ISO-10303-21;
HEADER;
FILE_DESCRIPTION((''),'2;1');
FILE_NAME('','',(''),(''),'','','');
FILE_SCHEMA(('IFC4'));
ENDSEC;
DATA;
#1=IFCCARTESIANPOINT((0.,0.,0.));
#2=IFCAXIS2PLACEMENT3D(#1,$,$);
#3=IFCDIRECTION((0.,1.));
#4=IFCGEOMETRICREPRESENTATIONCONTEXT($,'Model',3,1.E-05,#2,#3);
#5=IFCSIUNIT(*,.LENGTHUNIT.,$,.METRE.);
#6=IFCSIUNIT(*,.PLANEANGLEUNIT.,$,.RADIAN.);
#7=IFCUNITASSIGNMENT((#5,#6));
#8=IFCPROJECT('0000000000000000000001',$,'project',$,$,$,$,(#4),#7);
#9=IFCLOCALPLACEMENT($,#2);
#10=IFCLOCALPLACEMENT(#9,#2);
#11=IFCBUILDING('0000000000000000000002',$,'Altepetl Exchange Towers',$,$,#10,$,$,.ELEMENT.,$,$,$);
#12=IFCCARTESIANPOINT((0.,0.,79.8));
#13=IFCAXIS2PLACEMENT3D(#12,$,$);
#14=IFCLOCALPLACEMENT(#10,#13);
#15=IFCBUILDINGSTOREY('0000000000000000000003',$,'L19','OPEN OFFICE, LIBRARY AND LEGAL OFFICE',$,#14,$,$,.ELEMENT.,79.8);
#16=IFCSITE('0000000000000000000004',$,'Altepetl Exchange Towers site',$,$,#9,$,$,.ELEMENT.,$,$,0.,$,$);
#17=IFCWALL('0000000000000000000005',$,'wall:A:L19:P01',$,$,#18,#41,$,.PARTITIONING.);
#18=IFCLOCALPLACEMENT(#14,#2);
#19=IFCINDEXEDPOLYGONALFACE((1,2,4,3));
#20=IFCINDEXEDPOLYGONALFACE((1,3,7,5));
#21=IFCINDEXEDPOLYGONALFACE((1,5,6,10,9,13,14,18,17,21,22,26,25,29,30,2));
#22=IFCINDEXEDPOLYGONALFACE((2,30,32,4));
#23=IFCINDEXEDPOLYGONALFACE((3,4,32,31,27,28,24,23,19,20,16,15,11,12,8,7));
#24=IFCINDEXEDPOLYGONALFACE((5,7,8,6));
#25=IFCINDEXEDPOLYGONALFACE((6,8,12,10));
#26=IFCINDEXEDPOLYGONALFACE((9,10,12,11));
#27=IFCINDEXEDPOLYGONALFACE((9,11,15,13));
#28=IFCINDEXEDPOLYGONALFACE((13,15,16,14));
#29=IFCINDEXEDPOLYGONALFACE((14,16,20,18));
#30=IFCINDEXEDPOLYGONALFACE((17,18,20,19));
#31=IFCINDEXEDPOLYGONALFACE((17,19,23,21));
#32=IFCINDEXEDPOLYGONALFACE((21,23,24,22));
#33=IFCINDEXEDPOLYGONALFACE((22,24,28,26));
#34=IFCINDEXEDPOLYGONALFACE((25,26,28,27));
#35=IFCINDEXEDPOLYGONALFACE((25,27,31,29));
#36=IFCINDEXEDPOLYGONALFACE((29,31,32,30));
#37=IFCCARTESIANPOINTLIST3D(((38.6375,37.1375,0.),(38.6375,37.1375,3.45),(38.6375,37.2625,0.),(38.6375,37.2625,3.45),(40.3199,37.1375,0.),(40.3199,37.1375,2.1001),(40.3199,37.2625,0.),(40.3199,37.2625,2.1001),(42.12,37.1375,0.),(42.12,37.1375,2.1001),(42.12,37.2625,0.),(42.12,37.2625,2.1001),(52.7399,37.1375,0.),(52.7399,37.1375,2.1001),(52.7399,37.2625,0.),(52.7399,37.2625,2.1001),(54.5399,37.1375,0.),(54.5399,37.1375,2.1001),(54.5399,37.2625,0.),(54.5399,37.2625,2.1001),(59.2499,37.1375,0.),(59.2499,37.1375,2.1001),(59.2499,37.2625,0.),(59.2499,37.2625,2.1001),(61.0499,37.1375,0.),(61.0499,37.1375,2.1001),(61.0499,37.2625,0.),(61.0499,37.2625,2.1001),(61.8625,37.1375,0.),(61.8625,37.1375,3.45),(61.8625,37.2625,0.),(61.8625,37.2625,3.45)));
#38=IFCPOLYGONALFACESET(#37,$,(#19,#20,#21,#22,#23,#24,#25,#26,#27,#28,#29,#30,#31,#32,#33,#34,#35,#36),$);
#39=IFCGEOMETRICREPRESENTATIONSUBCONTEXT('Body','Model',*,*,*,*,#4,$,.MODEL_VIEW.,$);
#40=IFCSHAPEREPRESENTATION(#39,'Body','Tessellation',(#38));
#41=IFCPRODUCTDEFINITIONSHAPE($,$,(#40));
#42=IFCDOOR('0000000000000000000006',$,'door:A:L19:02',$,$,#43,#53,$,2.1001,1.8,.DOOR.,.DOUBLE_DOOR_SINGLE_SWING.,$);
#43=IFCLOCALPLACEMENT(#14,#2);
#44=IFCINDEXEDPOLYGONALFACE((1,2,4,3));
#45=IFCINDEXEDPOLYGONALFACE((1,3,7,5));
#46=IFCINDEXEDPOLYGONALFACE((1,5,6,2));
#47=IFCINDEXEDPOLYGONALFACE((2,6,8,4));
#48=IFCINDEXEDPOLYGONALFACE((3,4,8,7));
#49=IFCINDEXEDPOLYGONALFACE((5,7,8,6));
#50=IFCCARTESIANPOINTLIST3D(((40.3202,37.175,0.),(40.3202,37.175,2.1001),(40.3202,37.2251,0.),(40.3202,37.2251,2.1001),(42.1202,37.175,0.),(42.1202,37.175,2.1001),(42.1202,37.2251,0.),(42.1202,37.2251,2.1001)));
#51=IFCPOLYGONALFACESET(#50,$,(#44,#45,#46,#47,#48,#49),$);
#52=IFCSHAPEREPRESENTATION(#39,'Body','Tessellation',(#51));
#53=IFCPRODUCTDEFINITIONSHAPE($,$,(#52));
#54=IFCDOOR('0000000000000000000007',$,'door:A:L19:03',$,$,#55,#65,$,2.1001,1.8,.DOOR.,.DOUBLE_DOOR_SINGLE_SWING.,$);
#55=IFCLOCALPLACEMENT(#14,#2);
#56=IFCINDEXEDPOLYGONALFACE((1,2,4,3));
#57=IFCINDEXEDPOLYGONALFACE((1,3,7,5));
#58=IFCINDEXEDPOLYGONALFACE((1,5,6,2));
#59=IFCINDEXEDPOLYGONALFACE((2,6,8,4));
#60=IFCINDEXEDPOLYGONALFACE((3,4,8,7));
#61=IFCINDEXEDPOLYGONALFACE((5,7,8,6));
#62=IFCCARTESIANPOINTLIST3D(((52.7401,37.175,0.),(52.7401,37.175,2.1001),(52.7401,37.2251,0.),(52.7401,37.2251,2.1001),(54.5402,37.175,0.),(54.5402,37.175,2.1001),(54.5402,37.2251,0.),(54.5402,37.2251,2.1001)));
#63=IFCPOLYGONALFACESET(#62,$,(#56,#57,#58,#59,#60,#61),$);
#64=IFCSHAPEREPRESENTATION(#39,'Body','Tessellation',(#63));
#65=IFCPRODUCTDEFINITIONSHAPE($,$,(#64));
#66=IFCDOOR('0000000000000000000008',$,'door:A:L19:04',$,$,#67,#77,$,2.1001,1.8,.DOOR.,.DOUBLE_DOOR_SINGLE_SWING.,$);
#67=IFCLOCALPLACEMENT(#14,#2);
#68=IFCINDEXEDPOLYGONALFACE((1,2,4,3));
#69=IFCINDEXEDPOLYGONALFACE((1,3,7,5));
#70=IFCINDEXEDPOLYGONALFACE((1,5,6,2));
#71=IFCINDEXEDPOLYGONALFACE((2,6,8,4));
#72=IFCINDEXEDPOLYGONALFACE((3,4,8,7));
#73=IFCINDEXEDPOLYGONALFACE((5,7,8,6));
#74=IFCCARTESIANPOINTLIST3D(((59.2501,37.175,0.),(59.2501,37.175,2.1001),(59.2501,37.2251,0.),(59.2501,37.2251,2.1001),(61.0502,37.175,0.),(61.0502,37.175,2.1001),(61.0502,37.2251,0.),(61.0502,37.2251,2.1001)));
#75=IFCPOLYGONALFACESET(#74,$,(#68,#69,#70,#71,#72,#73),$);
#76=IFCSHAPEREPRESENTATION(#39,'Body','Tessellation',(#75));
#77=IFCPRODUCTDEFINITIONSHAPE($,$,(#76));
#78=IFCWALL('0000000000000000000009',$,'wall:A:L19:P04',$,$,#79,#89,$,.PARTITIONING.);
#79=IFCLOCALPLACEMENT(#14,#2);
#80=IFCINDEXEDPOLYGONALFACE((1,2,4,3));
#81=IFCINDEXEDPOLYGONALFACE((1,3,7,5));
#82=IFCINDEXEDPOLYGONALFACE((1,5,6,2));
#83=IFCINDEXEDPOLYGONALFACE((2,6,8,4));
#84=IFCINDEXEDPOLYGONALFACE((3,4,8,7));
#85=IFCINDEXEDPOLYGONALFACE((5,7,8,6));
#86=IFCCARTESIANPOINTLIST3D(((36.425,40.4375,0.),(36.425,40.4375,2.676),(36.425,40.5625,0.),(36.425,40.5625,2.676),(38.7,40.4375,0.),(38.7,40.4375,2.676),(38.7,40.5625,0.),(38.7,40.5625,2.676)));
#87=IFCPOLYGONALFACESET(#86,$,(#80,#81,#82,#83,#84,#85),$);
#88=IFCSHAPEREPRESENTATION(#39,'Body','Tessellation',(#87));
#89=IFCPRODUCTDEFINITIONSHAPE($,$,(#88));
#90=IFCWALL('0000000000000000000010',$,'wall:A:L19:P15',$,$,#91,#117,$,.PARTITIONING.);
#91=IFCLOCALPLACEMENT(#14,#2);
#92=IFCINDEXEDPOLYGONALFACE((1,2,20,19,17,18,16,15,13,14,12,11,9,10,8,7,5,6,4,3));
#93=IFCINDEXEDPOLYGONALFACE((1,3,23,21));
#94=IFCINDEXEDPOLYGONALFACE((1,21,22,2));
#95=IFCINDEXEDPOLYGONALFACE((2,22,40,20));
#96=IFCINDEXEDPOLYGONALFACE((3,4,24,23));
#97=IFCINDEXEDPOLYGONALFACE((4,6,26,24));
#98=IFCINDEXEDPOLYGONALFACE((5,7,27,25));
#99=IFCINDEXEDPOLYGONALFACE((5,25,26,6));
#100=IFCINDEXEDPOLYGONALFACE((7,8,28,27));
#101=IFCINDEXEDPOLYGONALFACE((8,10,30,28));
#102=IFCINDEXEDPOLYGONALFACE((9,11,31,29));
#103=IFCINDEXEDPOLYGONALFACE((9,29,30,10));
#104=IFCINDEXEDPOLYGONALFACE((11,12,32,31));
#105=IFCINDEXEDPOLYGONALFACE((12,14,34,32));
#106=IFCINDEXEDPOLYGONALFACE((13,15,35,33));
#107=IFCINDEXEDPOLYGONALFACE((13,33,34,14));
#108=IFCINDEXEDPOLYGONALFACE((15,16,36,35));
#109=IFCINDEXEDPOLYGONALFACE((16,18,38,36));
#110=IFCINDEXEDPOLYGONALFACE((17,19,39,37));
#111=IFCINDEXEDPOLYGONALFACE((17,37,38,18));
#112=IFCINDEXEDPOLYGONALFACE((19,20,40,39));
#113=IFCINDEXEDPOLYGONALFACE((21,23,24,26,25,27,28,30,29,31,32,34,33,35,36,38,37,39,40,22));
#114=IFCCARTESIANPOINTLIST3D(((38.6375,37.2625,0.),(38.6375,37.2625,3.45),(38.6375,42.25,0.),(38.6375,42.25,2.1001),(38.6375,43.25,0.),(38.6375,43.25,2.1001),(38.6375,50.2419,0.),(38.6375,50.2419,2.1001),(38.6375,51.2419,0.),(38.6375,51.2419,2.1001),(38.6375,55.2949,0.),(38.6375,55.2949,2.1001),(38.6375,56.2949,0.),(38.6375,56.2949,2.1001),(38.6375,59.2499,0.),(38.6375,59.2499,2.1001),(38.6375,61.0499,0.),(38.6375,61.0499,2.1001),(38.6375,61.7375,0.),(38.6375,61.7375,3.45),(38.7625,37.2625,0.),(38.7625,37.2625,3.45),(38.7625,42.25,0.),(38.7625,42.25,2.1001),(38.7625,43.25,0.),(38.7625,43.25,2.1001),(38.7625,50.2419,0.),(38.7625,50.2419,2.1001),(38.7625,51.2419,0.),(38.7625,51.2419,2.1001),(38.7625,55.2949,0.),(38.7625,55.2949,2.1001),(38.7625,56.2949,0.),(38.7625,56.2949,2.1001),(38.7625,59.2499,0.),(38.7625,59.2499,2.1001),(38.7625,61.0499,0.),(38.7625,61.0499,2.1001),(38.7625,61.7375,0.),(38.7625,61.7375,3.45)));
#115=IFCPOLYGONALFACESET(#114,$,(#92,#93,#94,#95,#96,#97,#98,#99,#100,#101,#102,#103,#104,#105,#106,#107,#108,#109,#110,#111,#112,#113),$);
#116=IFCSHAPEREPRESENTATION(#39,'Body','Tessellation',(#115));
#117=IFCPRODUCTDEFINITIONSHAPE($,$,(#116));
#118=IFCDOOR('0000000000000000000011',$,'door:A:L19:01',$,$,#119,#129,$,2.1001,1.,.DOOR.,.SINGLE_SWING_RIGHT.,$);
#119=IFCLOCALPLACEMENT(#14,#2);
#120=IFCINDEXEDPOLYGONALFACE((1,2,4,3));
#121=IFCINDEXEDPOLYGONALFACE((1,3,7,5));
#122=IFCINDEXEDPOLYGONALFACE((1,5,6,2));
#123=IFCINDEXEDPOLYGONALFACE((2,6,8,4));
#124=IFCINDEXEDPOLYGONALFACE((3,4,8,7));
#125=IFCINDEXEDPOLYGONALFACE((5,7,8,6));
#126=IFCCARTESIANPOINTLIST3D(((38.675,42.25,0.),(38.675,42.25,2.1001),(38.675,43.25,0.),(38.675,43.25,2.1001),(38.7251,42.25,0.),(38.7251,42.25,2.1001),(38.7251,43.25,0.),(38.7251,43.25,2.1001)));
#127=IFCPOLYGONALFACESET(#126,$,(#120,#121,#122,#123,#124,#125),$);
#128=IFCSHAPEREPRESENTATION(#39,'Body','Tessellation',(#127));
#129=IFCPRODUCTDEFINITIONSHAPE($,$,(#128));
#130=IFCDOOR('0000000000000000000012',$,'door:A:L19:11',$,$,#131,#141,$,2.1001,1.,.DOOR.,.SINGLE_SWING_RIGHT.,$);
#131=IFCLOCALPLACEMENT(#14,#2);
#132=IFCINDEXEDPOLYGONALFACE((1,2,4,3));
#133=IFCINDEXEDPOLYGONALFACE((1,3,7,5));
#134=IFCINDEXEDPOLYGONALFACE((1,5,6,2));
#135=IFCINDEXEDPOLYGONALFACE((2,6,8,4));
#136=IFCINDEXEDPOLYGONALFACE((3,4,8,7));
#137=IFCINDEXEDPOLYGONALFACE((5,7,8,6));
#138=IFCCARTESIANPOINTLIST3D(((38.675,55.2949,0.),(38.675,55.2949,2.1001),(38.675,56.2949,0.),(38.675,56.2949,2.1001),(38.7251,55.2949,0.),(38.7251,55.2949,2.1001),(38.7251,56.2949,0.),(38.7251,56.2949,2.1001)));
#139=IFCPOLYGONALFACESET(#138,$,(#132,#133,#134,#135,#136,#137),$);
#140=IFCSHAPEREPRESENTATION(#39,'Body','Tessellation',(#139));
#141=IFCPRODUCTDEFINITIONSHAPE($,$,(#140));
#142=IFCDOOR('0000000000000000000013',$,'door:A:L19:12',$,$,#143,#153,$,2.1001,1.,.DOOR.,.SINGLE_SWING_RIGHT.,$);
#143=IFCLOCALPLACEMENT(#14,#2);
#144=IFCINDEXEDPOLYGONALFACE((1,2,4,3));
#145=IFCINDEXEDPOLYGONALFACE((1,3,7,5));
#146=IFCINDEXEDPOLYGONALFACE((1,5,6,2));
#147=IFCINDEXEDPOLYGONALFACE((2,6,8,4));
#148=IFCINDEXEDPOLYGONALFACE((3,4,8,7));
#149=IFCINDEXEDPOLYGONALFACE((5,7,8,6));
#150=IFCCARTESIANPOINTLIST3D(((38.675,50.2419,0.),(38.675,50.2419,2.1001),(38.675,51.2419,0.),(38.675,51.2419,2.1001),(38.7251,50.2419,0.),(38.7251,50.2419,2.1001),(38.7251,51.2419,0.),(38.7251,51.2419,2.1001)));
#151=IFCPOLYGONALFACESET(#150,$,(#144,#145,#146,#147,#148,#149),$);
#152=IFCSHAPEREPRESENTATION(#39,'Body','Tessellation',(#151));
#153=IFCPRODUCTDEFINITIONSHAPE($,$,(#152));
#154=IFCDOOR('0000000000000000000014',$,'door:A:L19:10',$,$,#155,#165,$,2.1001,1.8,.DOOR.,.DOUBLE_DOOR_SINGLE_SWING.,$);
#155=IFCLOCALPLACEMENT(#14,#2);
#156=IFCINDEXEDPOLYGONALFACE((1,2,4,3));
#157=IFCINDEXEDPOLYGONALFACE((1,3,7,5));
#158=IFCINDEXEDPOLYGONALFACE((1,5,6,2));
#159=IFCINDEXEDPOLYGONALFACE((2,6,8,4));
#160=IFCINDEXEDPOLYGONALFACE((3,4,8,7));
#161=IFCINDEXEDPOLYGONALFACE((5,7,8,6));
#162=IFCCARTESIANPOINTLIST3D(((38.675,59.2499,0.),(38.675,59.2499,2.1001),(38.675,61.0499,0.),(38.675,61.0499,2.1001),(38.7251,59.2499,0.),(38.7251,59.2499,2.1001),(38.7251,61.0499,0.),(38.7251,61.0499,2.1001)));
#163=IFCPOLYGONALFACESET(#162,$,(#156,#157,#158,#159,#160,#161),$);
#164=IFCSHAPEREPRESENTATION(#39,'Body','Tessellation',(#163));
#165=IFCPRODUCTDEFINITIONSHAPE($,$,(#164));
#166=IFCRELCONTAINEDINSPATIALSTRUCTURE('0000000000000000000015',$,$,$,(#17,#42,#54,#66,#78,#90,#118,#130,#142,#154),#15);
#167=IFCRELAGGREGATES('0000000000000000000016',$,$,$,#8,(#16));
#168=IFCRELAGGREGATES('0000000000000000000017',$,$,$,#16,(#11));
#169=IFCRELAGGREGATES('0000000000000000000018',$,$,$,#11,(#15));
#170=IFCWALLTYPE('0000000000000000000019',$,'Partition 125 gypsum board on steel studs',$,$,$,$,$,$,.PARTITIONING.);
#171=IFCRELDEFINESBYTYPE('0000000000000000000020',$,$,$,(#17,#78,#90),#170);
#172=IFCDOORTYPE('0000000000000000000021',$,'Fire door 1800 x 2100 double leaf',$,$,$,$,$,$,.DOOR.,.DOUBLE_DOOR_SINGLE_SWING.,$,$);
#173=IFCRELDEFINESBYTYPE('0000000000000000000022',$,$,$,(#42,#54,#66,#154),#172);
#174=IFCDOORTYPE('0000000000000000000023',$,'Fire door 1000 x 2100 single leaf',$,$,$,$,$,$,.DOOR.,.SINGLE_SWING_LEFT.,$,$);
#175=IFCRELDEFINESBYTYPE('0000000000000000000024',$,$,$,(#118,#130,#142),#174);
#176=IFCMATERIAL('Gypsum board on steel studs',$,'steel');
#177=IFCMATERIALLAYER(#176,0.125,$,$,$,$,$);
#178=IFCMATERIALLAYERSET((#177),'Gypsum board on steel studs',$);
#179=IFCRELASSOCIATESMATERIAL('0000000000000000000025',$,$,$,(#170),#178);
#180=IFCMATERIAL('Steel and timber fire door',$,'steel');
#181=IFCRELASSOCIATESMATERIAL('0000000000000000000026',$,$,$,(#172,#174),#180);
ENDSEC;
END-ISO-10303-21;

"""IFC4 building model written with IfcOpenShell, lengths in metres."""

from ifc_helpers import new_model, si_unit, direction, frame, frame_2d, origin, place, context, subcontext, project, spatial, rectangle, extrude, material, layer, layer_set, type_object, element, fill, save


model = new_model("IFC4")

# Units and contexts
model_context = context("Model", 3, precision=1e-05, world=origin(), true_north=direction((0.0, 1.0)))
body_context = subcontext(model_context, "Body", "Model", "MODEL_VIEW")
ifc_project = project(units=[si_unit("LENGTHUNIT", "METRE"), si_unit("PLANEANGLEUNIT", "RADIAN")], contexts=[model_context])

# Site, building, storey
site_placement = place(None, origin())
site = spatial("IfcSite", under=ifc_project, at=site_placement, Name="Altepetl Exchange Towers site", CompositionType="ELEMENT", RefElevation=0.0)
building_placement = place(site_placement, origin())
building = spatial("IfcBuilding", under=site, at=building_placement, Name="Altepetl Exchange Towers", CompositionType="ELEMENT")
storey_placement = place(building_placement, frame((0.0, 0.0, 79.8)))
storey = spatial("IfcBuildingStorey", under=building, at=storey_placement, Name="L19", Description="OPEN OFFICE, LIBRARY AND LEGAL OFFICE", CompositionType="ELEMENT", Elevation=79.8)

# Wall, openings, doors
ifc_material_1 = material(Name="Steel and timber fire door", Category="steel")
ifc_material_2 = material(Name="Gypsum board on steel studs", Category="steel")
ifc_layer_1 = layer(ifc_material_2, 0.125)
ifc_layer_set_1 = layer_set([ifc_layer_1], Name="Gypsum board on steel studs")
wall_type_1 = type_object("IfcWallType", Name="Partition 125 gypsum board on steel studs", PredefinedType="PARTITIONING", material=ifc_layer_set_1)
wall_1_placement = place(storey_placement, frame((38.6375, 37.2, 0.0)))
wall_1 = element("IfcWall", 1, at=wall_1_placement, inside=storey, type_object=wall_type_1, Name="wall:A:L19:P01", PredefinedType="PARTITIONING", context=body_context, shape_type="SweptSolid", body=[
    extrude(rectangle(XDim=23.2251, YDim=0.125, at=frame_2d((11.6125, 0.0))), origin(), (0.0, 0.0, 1.0), 3.45),
])
opening_1_placement = place(wall_1_placement, frame((1.6826, 0.0, 0.0)))
opening_1 = element("IfcOpeningElement", 2, at=opening_1_placement, cuts=wall_1, PredefinedType="OPENING", context=body_context, shape_type="SweptSolid", body=[
    extrude(rectangle(XDim=1.8, YDim=2.1001, at=frame_2d((0.8999, 1.05))), frame((0.0, 0.0725, 0.0), z_axis=(0.0, -1.0, 0.0), x_axis=(1.0, 0.0, 0.0)), (0.0, 0.0, 1.0), 0.145),
])
opening_2_placement = place(wall_1_placement, frame((14.1025, 0.0, 0.0)))
opening_2 = element("IfcOpeningElement", 3, at=opening_2_placement, cuts=wall_1, PredefinedType="OPENING", context=body_context, shape_type="SweptSolid", body=[
    extrude(rectangle(XDim=1.8, YDim=2.1001, at=frame_2d((0.8999, 1.05))), frame((0.0, 0.0725, 0.0), z_axis=(0.0, -1.0, 0.0), x_axis=(1.0, 0.0, 0.0)), (0.0, 0.0, 1.0), 0.145),
])
opening_3_placement = place(wall_1_placement, frame((20.6125, 0.0, 0.0)))
opening_3 = element("IfcOpeningElement", 4, at=opening_3_placement, cuts=wall_1, PredefinedType="OPENING", context=body_context, shape_type="SweptSolid", body=[
    extrude(rectangle(XDim=1.8, YDim=2.1001, at=frame_2d((0.8999, 1.05))), frame((0.0, 0.0725, 0.0), z_axis=(0.0, -1.0, 0.0), x_axis=(1.0, 0.0, 0.0)), (0.0, 0.0, 1.0), 0.145),
])
door_type_1 = type_object("IfcDoorType", Name="Fire door 1800 x 2100 double leaf", OperationType="DOUBLE_DOOR_SINGLE_SWING", PredefinedType="DOOR", material=ifc_material_1)
door_1_placement = place(opening_1_placement, frame((1.8, 0.0, 0.0), x_axis=(-1.0, 0.0, 0.0)))
door_1 = element("IfcDoor", 5, at=door_1_placement, inside=storey, type_object=door_type_1, Name="door:A:L19:02", OperationType="DOUBLE_DOOR_SINGLE_SWING", OverallHeight=2.1001, OverallWidth=1.8, PredefinedType="DOOR", context=body_context, shape_type="SweptSolid", body=[
    extrude(rectangle(XDim=1.8, YDim=2.1001, at=frame_2d((0.8999, 1.05))), frame((0.0, 0.0249, 0.0), z_axis=(0.0, -1.0, 0.0), x_axis=(1.0, 0.0, 0.0)), (0.0, 0.0, 1.0), 0.05),
])
fill(opening_1, door_1)
door_2_placement = place(opening_2_placement, frame((1.8, 0.0, 0.0), x_axis=(-1.0, 0.0, 0.0)))
door_2 = element("IfcDoor", 6, at=door_2_placement, inside=storey, type_object=door_type_1, Name="door:A:L19:03", OperationType="DOUBLE_DOOR_SINGLE_SWING", OverallHeight=2.1001, OverallWidth=1.8, PredefinedType="DOOR", context=body_context, shape_type="SweptSolid", body=[
    extrude(rectangle(XDim=1.8, YDim=2.1001, at=frame_2d((0.8999, 1.05))), frame((0.0, 0.0249, 0.0), z_axis=(0.0, -1.0, 0.0), x_axis=(1.0, 0.0, 0.0)), (0.0, 0.0, 1.0), 0.05),
])
fill(opening_2, door_2)
door_3_placement = place(opening_3_placement, frame((1.8, 0.0, 0.0), x_axis=(-1.0, 0.0, 0.0)))
door_3 = element("IfcDoor", 7, at=door_3_placement, inside=storey, type_object=door_type_1, Name="door:A:L19:04", OperationType="DOUBLE_DOOR_SINGLE_SWING", OverallHeight=2.1001, OverallWidth=1.8, PredefinedType="DOOR", context=body_context, shape_type="SweptSolid", body=[
    extrude(rectangle(XDim=1.8, YDim=2.1001, at=frame_2d((0.8999, 1.05))), frame((0.0, 0.0249, 0.0), z_axis=(0.0, -1.0, 0.0), x_axis=(1.0, 0.0, 0.0)), (0.0, 0.0, 1.0), 0.05),
])
fill(opening_3, door_3)

# Wall
wall_2_placement = place(storey_placement, frame((36.425, 40.5, 0.0)))
element("IfcWall", 8, at=wall_2_placement, inside=storey, type_object=wall_type_1, Name="wall:A:L19:P04", PredefinedType="PARTITIONING", context=body_context, shape_type="SweptSolid", body=[
    extrude(rectangle(XDim=2.2749, YDim=0.125, at=frame_2d((1.1375, 0.0))), origin(), (0.0, 0.0, 1.0), 2.676),
])

# Wall, openings, doors
wall_3_placement = place(storey_placement, frame((38.7, 37.2625, 0.0), z_axis=(0.0, 0.0, 1.0), x_axis=(0.0, 1.0, 0.0)))
wall_3 = element("IfcWall", 9, at=wall_3_placement, inside=storey, type_object=wall_type_1, Name="wall:A:L19:P15", PredefinedType="PARTITIONING", context=body_context, shape_type="SweptSolid", body=[
    extrude(rectangle(XDim=24.4751, YDim=0.125, at=frame_2d((12.2375, 0.0))), origin(), (0.0, 0.0, 1.0), 3.45),
])
opening_4_placement = place(wall_3_placement, frame((4.9875, 0.0, 0.0)))
opening_4 = element("IfcOpeningElement", 10, at=opening_4_placement, cuts=wall_3, PredefinedType="OPENING", context=body_context, shape_type="SweptSolid", body=[
    extrude(rectangle(XDim=1.0, YDim=2.1001, at=frame_2d((0.5, 1.05))), frame((0.0, 0.0725, 0.0), z_axis=(0.0, -1.0, 0.0), x_axis=(1.0, 0.0, 0.0)), (0.0, 0.0, 1.0), 0.145),
])
opening_5_placement = place(wall_3_placement, frame((21.9875, 0.0, 0.0)))
opening_5 = element("IfcOpeningElement", 11, at=opening_5_placement, cuts=wall_3, PredefinedType="OPENING", context=body_context, shape_type="SweptSolid", body=[
    extrude(rectangle(XDim=1.8, YDim=2.1001, at=frame_2d((0.8999, 1.05))), frame((0.0, 0.0725, 0.0), z_axis=(0.0, -1.0, 0.0), x_axis=(1.0, 0.0, 0.0)), (0.0, 0.0, 1.0), 0.145),
])
opening_6_placement = place(wall_3_placement, frame((18.0325, 0.0, 0.0)))
opening_6 = element("IfcOpeningElement", 12, at=opening_6_placement, cuts=wall_3, PredefinedType="OPENING", context=body_context, shape_type="SweptSolid", body=[
    extrude(rectangle(XDim=1.0, YDim=2.1001, at=frame_2d((0.5, 1.05))), frame((0.0, 0.0725, 0.0), z_axis=(0.0, -1.0, 0.0), x_axis=(1.0, 0.0, 0.0)), (0.0, 0.0, 1.0), 0.145),
])
opening_7_placement = place(wall_3_placement, frame((12.9795, 0.0, 0.0)))
opening_7 = element("IfcOpeningElement", 13, at=opening_7_placement, cuts=wall_3, PredefinedType="OPENING", context=body_context, shape_type="SweptSolid", body=[
    extrude(rectangle(XDim=1.0, YDim=2.1001, at=frame_2d((0.5, 1.05))), frame((0.0, 0.0725, 0.0), z_axis=(0.0, -1.0, 0.0), x_axis=(1.0, 0.0, 0.0)), (0.0, 0.0, 1.0), 0.145),
])
door_type_2 = type_object("IfcDoorType", Name="Fire door 1000 x 2100 single leaf", OperationType="SINGLE_SWING_LEFT", PredefinedType="DOOR", material=ifc_material_1)
door_4_placement = place(opening_4_placement, origin())
door_4 = element("IfcDoor", 14, at=door_4_placement, inside=storey, type_object=door_type_2, Name="door:A:L19:01", OperationType="SINGLE_SWING_RIGHT", OverallHeight=2.1001, OverallWidth=1.0, PredefinedType="DOOR", context=body_context, shape_type="SweptSolid", body=[
    extrude(rectangle(XDim=1.0, YDim=2.1001, at=frame_2d((0.5, 1.05))), frame((0.0, 0.0249, 0.0), z_axis=(0.0, -1.0, 0.0), x_axis=(1.0, 0.0, 0.0)), (0.0, 0.0, 1.0), 0.05),
])
fill(opening_4, door_4)
door_5_placement = place(opening_6_placement, origin())
door_5 = element("IfcDoor", 15, at=door_5_placement, inside=storey, type_object=door_type_2, Name="door:A:L19:11", OperationType="SINGLE_SWING_RIGHT", OverallHeight=2.1001, OverallWidth=1.0, PredefinedType="DOOR", context=body_context, shape_type="SweptSolid", body=[
    extrude(rectangle(XDim=1.0, YDim=2.1001, at=frame_2d((0.5, 1.05))), frame((0.0, 0.0249, 0.0), z_axis=(0.0, -1.0, 0.0), x_axis=(1.0, 0.0, 0.0)), (0.0, 0.0, 1.0), 0.05),
])
fill(opening_6, door_5)
door_6_placement = place(opening_7_placement, origin())
door_6 = element("IfcDoor", 16, at=door_6_placement, inside=storey, type_object=door_type_2, Name="door:A:L19:12", OperationType="SINGLE_SWING_RIGHT", OverallHeight=2.1001, OverallWidth=1.0, PredefinedType="DOOR", context=body_context, shape_type="SweptSolid", body=[
    extrude(rectangle(XDim=1.0, YDim=2.1001, at=frame_2d((0.5, 1.05))), frame((0.0, 0.0249, 0.0), z_axis=(0.0, -1.0, 0.0), x_axis=(1.0, 0.0, 0.0)), (0.0, 0.0, 1.0), 0.05),
])
fill(opening_7, door_6)
door_7_placement = place(opening_5_placement, origin())
door_7 = element("IfcDoor", 17, at=door_7_placement, inside=storey, type_object=door_type_1, Name="door:A:L19:10", OperationType="DOUBLE_DOOR_SINGLE_SWING", OverallHeight=2.1001, OverallWidth=1.8, PredefinedType="DOOR", context=body_context, shape_type="SweptSolid", body=[
    extrude(rectangle(XDim=1.8, YDim=2.1001, at=frame_2d((0.8999, 1.05))), frame((0.0, 0.0249, 0.0), z_axis=(0.0, -1.0, 0.0), x_axis=(1.0, 0.0, 0.0)), (0.0, 0.0, 1.0), 0.05),
])
fill(opening_5, door_7)

save(model, "model.ifc")
